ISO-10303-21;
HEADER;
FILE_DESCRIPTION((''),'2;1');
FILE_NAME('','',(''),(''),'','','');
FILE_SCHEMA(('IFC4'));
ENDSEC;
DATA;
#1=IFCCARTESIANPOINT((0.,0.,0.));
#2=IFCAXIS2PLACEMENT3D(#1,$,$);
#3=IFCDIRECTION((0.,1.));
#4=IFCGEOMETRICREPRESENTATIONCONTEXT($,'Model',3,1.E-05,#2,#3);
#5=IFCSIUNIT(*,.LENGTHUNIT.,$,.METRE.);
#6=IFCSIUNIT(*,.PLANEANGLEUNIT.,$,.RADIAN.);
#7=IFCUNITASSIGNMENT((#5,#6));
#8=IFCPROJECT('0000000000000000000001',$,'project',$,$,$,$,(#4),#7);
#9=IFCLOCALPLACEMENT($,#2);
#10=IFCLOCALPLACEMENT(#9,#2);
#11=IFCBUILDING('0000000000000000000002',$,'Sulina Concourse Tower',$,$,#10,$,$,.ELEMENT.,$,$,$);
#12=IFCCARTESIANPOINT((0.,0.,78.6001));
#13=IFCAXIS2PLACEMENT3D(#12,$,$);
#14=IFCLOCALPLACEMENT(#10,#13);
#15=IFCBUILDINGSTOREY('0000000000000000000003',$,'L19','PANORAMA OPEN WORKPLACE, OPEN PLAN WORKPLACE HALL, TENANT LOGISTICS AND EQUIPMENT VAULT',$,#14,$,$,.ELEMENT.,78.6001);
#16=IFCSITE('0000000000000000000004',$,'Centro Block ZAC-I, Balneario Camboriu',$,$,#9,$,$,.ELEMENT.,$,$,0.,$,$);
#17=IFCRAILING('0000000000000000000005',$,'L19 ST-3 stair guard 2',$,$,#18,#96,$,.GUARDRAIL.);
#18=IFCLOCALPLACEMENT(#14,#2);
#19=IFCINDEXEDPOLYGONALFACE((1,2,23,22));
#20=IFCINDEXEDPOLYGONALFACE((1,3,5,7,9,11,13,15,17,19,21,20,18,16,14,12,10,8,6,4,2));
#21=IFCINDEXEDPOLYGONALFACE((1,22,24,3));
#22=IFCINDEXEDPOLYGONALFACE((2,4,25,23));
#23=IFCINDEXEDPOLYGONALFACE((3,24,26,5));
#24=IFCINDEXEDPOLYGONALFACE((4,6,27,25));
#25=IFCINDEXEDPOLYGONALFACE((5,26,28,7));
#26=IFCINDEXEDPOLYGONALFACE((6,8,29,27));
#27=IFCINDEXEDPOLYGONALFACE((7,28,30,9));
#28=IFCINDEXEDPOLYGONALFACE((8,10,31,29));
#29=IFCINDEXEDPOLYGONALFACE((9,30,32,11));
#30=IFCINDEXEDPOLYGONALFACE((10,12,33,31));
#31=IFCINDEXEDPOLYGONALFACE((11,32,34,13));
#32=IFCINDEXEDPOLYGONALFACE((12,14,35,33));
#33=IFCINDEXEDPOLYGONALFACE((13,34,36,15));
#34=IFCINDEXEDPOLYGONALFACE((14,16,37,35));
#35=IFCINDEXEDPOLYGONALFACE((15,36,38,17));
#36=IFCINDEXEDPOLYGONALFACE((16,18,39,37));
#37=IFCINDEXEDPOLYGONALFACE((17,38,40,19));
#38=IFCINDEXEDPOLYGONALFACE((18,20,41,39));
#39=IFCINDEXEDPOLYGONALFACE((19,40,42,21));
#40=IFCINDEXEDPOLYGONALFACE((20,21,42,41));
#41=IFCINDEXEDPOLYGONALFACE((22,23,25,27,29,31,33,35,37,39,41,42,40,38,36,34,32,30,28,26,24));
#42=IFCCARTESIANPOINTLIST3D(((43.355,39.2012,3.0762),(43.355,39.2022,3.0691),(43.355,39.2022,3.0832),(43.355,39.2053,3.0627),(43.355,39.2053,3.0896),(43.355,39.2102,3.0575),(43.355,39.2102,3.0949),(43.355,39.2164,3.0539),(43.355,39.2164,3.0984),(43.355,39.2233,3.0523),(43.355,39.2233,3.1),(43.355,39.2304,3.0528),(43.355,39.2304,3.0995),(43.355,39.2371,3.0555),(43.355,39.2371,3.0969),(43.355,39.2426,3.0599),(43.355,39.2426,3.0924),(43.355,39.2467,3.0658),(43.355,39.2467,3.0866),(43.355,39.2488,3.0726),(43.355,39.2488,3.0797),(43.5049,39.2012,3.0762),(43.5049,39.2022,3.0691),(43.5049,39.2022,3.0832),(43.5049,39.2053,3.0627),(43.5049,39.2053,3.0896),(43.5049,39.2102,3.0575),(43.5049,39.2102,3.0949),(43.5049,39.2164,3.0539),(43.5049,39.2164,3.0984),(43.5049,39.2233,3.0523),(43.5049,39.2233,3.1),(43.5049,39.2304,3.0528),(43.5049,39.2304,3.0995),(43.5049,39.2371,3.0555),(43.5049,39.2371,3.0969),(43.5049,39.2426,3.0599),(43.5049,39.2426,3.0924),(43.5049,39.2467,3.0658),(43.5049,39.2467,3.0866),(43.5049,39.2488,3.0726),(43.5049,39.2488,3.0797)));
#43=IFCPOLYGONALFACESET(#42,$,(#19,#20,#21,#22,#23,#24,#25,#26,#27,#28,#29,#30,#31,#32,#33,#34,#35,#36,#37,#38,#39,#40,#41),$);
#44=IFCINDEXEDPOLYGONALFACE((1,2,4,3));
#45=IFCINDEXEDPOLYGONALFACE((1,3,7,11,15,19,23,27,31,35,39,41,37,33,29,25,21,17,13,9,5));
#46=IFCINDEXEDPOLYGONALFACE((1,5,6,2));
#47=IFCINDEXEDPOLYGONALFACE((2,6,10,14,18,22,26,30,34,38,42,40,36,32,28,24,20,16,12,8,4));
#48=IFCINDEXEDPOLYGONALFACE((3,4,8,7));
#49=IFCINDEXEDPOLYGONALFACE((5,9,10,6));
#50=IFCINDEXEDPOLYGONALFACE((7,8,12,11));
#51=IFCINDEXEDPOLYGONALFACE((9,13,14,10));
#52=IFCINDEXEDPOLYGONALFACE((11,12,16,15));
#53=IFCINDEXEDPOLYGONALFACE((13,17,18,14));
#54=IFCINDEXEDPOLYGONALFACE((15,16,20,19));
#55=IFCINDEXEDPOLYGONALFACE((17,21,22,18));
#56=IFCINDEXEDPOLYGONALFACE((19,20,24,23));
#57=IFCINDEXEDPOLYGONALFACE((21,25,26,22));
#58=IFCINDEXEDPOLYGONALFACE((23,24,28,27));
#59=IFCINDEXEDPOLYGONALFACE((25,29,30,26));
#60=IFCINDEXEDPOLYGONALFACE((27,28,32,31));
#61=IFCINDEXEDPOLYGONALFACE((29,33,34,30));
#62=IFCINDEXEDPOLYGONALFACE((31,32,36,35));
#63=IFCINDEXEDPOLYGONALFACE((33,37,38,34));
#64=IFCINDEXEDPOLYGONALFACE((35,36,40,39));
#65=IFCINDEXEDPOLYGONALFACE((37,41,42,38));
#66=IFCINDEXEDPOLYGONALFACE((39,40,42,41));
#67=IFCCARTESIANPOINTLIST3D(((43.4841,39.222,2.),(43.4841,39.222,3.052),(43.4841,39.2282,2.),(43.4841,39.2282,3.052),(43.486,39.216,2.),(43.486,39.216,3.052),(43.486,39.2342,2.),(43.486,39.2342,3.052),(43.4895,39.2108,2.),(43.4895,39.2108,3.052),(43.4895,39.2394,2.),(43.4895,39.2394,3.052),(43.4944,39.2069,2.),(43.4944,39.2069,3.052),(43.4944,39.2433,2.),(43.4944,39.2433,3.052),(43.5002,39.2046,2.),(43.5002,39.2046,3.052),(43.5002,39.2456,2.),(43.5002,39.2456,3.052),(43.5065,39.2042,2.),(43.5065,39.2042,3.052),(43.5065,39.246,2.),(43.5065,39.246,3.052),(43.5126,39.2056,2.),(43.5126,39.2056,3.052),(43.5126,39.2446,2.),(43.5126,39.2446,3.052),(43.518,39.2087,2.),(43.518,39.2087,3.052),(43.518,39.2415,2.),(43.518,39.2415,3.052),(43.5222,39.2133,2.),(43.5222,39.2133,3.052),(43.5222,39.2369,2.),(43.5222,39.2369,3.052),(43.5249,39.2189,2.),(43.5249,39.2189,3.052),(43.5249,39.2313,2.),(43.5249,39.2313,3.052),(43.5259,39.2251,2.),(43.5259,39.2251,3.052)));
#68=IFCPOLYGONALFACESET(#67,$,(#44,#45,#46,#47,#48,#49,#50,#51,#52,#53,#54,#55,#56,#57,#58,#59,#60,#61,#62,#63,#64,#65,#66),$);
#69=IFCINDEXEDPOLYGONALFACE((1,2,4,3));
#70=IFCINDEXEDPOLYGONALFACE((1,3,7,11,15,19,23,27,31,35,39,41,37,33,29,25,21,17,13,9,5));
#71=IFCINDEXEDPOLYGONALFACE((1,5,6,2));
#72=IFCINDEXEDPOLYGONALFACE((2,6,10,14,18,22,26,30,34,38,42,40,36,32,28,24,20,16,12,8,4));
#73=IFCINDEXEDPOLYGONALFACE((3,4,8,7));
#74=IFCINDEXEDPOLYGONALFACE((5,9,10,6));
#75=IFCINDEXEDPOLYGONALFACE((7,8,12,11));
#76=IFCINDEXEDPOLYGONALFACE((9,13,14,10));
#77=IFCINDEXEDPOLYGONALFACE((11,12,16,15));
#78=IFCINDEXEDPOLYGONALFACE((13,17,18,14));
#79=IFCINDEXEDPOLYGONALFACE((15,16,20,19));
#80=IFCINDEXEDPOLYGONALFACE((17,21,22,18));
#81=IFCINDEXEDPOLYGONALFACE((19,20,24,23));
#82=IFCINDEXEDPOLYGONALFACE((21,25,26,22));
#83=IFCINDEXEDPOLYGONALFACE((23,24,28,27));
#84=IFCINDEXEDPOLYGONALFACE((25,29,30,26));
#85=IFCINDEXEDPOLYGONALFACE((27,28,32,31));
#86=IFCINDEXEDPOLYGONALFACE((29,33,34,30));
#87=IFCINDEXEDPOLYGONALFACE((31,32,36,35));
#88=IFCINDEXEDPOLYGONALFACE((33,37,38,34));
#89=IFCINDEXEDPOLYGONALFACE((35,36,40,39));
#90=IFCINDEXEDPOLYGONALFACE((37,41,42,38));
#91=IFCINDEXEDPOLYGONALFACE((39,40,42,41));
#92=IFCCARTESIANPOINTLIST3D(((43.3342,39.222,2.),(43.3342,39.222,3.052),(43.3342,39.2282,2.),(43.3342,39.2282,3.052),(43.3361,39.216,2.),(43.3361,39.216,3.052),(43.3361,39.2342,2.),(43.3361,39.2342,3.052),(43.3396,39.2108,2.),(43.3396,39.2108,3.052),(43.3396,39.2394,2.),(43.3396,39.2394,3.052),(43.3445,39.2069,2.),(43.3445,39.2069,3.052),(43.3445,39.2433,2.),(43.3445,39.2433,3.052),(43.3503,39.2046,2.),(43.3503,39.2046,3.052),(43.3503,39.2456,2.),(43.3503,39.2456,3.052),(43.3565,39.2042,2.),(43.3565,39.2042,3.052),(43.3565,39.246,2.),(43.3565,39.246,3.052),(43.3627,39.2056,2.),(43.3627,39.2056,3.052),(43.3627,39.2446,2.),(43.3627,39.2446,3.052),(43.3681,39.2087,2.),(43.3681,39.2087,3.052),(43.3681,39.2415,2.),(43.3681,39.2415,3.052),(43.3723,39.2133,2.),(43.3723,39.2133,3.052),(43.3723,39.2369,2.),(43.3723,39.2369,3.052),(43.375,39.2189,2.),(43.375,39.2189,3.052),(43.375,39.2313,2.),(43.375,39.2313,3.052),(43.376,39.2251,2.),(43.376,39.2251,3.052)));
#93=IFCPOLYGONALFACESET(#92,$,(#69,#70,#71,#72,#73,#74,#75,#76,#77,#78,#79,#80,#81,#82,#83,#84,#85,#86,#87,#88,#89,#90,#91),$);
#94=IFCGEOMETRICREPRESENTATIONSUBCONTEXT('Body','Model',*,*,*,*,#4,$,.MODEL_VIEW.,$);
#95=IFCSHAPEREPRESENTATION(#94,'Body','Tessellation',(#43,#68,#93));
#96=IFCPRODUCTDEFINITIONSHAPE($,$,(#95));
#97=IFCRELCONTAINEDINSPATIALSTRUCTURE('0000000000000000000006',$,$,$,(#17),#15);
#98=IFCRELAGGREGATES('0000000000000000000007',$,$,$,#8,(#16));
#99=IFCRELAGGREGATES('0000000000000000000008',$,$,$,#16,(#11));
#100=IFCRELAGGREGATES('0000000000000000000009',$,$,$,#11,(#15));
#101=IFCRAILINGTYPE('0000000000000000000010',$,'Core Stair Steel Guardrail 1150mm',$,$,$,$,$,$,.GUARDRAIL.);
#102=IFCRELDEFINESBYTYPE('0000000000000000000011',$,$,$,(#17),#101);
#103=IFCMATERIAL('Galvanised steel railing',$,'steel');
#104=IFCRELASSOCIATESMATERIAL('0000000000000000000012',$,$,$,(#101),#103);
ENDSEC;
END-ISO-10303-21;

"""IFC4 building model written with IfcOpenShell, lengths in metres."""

from ifc_helpers import new_model, si_unit, direction, frame, origin, origin_2d, place, context, subcontext, project, spatial, circle, extrude, material, type_object, element, save


model = new_model("IFC4")

# Units and contexts
model_context = context("Model", 3, precision=1e-05, world=origin(), true_north=direction((0.0, 1.0)))
body_context = subcontext(model_context, "Body", "Model", "MODEL_VIEW")
ifc_project = project(units=[si_unit("LENGTHUNIT", "METRE"), si_unit("PLANEANGLEUNIT", "RADIAN")], contexts=[model_context])

# Site, building, storey
site_placement = place(None, origin())
site = spatial("IfcSite", under=ifc_project, at=site_placement, Name="Centro Block ZAC-I, Balneario Camboriu", CompositionType="ELEMENT", RefElevation=0.0)
building_placement = place(site_placement, origin())
building = spatial("IfcBuilding", under=site, at=building_placement, Name="Sulina Concourse Tower", CompositionType="ELEMENT")
storey_placement = place(building_placement, frame((0.0, 0.0, 78.6001)))
storey = spatial("IfcBuildingStorey", under=building, at=storey_placement, Name="L19", Description="PANORAMA OPEN WORKPLACE, OPEN PLAN WORKPLACE HALL, TENANT LOGISTICS AND EQUIPMENT VAULT", CompositionType="ELEMENT", Elevation=78.6001)

# Railing
ifc_material_1 = material(Name="Galvanised steel railing", Category="steel")
railing_type_1 = type_object("IfcRailingType", Name="Core Stair Steel Guardrail 1150mm", PredefinedType="GUARDRAIL", material=ifc_material_1)
railing_1_placement = place(storey_placement, frame((43.5049, 39.2251, 2.0)))
element("IfcRailing", 1, at=railing_1_placement, inside=storey, type_object=railing_type_1, Name="L19 ST-3 stair guard 2", PredefinedType="GUARDRAIL", context=body_context, shape_type="SweptSolid", body=[
    extrude(circle(Radius=0.0239, at=origin_2d()), frame((0.0, 0.0, 1.0762), z_axis=(-1.0, 0.0, 0.0), x_axis=(0.0, -1.0, 0.0)), (0.0, 0.0, 1.0), 0.1499),
    extrude(circle(Radius=0.021, at=origin_2d()), origin(), (0.0, 0.0, 1.0), 1.052),
    extrude(circle(Radius=0.021, at=origin_2d()), frame((-0.1499, 0.0, 0.0)), (0.0, 0.0, 1.0), 1.052),
])

save(model, "model.ifc")
